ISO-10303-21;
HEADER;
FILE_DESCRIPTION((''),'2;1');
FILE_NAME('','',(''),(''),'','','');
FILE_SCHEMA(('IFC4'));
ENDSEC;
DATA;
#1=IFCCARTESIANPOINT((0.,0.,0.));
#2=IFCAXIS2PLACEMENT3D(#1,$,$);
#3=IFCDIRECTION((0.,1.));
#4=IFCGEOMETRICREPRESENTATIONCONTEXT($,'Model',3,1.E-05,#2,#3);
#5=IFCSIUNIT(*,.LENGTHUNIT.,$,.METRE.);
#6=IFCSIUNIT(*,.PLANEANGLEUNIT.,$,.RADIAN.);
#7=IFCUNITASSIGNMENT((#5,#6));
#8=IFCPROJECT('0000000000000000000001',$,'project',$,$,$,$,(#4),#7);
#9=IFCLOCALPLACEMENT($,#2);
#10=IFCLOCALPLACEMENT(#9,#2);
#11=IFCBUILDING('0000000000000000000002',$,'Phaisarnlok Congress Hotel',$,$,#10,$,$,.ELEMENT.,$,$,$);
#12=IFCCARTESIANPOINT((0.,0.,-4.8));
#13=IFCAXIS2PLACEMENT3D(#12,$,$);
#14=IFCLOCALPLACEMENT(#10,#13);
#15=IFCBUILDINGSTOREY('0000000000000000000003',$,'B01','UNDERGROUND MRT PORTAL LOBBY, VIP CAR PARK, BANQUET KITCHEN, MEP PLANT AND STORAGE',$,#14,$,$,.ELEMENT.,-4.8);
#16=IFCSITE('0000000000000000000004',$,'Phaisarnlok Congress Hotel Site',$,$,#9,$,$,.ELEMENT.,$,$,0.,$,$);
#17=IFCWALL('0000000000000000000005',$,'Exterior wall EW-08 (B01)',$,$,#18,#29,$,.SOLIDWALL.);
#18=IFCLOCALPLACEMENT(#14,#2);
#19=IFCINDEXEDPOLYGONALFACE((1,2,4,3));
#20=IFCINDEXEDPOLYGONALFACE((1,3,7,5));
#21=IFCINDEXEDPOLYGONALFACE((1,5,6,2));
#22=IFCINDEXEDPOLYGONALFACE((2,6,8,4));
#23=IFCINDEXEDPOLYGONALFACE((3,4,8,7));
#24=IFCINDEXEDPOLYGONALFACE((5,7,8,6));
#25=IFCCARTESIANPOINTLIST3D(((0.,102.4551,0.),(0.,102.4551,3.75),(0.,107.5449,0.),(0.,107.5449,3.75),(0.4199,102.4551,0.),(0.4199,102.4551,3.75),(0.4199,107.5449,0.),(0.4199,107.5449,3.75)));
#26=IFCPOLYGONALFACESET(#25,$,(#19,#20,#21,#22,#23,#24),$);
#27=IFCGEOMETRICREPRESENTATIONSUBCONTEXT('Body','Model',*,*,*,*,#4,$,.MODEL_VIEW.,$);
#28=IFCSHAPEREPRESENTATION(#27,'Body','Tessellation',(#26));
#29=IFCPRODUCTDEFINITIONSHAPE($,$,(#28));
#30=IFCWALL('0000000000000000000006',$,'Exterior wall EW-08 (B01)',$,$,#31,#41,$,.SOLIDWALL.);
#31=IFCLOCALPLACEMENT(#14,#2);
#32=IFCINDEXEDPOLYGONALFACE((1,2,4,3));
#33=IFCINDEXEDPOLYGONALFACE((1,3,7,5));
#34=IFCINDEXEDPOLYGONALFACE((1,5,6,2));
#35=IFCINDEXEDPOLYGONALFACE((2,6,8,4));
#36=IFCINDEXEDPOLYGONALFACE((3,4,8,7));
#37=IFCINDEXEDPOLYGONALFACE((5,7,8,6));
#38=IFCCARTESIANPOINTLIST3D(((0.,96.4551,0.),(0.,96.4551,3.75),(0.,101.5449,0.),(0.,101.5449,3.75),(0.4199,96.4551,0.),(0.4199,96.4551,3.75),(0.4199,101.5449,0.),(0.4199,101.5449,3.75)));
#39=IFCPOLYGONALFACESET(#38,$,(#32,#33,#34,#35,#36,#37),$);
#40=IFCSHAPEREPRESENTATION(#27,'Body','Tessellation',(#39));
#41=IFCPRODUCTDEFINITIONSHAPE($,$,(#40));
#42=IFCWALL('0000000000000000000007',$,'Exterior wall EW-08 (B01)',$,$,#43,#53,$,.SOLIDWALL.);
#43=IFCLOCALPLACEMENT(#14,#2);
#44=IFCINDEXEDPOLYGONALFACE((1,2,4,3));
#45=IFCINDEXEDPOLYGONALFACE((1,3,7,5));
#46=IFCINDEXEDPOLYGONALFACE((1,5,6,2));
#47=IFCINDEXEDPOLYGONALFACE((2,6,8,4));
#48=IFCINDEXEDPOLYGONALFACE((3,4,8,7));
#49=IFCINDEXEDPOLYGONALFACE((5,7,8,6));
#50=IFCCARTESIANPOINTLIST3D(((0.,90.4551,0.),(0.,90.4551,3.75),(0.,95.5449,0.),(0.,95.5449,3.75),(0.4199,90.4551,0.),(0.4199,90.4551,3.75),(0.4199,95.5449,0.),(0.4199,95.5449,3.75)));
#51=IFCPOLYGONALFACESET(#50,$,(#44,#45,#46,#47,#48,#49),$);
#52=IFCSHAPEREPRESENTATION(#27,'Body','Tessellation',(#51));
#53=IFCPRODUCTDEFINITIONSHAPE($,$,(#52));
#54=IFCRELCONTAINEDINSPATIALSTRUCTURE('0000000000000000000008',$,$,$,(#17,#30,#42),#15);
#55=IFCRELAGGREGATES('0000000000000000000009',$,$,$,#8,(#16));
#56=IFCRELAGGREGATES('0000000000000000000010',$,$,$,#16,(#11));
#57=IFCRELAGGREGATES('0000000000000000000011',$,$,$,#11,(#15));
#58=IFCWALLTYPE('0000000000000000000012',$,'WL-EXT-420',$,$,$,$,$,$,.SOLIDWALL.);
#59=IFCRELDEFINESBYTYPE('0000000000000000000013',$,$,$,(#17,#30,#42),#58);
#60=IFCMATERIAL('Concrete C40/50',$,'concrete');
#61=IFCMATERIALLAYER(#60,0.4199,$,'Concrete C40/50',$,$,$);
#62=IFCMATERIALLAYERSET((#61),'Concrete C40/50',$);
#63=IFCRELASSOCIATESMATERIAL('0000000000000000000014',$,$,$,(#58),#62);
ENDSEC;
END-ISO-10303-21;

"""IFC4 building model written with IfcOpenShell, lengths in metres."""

from ifc_helpers import new_model, si_unit, direction, frame, frame_2d, origin, place, context, subcontext, project, spatial, rectangle, extrude, material, layer, layer_set, type_object, element, save


model = new_model("IFC4")

# Units and contexts
model_context = context("Model", 3, precision=1e-05, world=origin(), true_north=direction((0.0, 1.0)))
body_context = subcontext(model_context, "Body", "Model", "MODEL_VIEW")
ifc_project = project(units=[si_unit("LENGTHUNIT", "METRE"), si_unit("PLANEANGLEUNIT", "RADIAN")], contexts=[model_context])

# Site, building, storey
site_placement = place(None, origin())
site = spatial("IfcSite", under=ifc_project, at=site_placement, Name="Phaisarnlok Congress Hotel Site", CompositionType="ELEMENT", RefElevation=0.0)
building_placement = place(site_placement, origin())
building = spatial("IfcBuilding", under=site, at=building_placement, Name="Phaisarnlok Congress Hotel", CompositionType="ELEMENT")
storey_placement = place(building_placement, frame((0.0, 0.0, -4.8)))
storey = spatial("IfcBuildingStorey", under=building, at=storey_placement, Name="B01", Description="UNDERGROUND MRT PORTAL LOBBY, VIP CAR PARK, BANQUET KITCHEN, MEP PLANT AND STORAGE", CompositionType="ELEMENT", Elevation=-4.8)

# Shared definitions
ifc_material_1 = material(Name="Concrete C40/50", Category="concrete")

# Walls
ifc_layer = layer(ifc_material_1, 0.4199, Name="Concrete C40/50")
ifc_layer_set = layer_set([ifc_layer], Name="Concrete C40/50")
wall_type = type_object("IfcWallType", Name="WL-EXT-420", PredefinedType="SOLIDWALL", material=ifc_layer_set)
for number, where, z_axis, x_axis, name in (
    (1, (0.21, 107.5449, 0.0), (0.0, 0.0, 1.0), (0.0, -1.0, 0.0), "Exterior wall EW-08 (B01)"),
    (2, (0.21, 101.5449, 0.0), (0.0, 0.0, 1.0), (0.0, -1.0, 0.0), "Exterior wall EW-08 (B01)"),
    (3, (0.21, 95.5449, 0.0), (0.0, 0.0, 1.0), (0.0, -1.0, 0.0), "Exterior wall EW-08 (B01)"),
):
    element("IfcWall", number, at=place(storey_placement, frame(where, z_axis=z_axis, x_axis=x_axis)), inside=storey, type_object=wall_type, Name=name, PredefinedType="SOLIDWALL", context=body_context, shape_type="SweptSolid", body=[
        extrude(rectangle(XDim=5.0898, YDim=0.4199, at=frame_2d((2.5449, 0.0))), origin(), (0.0, 0.0, 1.0), 3.75),
    ])

save(model, "model.ifc")
